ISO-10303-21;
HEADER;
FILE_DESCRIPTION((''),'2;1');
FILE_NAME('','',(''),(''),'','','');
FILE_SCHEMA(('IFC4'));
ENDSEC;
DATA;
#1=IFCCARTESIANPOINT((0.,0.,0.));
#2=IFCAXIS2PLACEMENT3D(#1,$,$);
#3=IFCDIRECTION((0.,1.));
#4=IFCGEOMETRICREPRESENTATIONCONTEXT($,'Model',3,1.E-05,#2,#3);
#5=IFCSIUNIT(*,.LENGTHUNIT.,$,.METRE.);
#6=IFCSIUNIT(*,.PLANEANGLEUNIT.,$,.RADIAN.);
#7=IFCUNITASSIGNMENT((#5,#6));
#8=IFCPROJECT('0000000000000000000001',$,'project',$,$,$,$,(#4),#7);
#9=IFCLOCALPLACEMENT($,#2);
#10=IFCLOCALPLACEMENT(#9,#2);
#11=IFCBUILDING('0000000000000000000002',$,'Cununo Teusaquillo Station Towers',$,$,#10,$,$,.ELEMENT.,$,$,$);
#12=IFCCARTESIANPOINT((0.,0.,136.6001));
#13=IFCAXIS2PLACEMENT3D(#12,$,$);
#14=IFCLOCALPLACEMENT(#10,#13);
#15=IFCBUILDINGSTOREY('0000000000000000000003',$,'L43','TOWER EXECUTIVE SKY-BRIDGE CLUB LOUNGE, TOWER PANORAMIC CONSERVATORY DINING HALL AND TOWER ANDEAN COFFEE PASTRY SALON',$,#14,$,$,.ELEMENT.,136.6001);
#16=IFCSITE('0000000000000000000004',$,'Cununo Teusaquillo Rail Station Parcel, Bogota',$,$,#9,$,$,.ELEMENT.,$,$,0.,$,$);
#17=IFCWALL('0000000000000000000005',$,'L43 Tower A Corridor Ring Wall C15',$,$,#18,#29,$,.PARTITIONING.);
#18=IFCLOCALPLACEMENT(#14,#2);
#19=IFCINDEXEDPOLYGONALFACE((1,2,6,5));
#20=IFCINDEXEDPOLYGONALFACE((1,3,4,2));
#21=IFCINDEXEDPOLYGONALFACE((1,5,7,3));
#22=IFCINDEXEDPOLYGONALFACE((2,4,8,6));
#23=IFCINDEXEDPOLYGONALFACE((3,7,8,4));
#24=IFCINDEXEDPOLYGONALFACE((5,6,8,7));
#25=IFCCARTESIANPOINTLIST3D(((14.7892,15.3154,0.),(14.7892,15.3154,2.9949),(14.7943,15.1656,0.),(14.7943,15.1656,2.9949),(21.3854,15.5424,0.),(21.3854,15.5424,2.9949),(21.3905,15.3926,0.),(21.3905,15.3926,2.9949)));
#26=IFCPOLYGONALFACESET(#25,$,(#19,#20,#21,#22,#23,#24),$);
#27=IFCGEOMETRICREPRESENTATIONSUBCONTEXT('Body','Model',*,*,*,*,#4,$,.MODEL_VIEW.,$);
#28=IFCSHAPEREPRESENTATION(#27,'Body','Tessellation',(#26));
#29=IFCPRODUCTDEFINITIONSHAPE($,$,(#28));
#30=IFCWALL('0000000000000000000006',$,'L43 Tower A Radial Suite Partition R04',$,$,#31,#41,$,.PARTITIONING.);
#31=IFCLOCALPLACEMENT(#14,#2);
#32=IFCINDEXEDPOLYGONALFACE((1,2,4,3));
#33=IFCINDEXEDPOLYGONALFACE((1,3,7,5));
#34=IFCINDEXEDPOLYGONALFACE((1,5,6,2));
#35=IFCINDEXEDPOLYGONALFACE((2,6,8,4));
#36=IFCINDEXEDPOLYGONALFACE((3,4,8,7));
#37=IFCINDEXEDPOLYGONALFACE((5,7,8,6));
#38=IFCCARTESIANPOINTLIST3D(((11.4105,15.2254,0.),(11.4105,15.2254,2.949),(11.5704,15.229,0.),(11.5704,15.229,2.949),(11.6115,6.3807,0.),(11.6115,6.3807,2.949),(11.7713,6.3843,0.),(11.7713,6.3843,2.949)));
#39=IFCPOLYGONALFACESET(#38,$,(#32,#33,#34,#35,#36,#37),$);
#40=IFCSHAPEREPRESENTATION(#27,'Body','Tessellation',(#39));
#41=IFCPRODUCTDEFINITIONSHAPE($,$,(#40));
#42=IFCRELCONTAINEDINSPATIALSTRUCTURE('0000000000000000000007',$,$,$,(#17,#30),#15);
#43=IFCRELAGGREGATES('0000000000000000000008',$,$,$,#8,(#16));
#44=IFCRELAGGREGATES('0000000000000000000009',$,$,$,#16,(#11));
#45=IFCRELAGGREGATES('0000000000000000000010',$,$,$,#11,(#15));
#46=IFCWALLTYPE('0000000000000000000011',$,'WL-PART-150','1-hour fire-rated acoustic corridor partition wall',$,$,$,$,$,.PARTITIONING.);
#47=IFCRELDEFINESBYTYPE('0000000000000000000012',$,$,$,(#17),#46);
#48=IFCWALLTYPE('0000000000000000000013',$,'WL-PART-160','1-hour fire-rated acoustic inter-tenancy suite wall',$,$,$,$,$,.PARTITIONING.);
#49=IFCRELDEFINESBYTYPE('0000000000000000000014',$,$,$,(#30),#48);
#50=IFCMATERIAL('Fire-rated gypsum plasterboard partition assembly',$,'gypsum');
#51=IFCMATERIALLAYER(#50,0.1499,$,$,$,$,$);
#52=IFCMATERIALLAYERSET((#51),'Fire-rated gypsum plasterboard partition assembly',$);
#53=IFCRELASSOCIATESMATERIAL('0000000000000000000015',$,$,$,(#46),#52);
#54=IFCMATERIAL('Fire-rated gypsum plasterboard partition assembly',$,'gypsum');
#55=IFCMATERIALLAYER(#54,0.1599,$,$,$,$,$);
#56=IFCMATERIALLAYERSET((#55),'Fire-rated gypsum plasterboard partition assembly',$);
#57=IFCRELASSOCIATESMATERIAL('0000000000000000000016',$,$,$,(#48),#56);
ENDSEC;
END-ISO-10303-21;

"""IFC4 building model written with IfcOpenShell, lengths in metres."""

from ifc_helpers import new_model, si_unit, direction, frame, frame_2d, origin, place, context, subcontext, project, spatial, rectangle, extrude, material, layer, layer_set, type_object, element, save


model = new_model("IFC4")

# Units and contexts
model_context = context("Model", 3, precision=1e-05, world=origin(), true_north=direction((0.0, 1.0)))
body_context = subcontext(model_context, "Body", "Model", "MODEL_VIEW")
ifc_project = project(units=[si_unit("LENGTHUNIT", "METRE"), si_unit("PLANEANGLEUNIT", "RADIAN")], contexts=[model_context])

# Site, building, storey
site_placement = place(None, origin())
site = spatial("IfcSite", under=ifc_project, at=site_placement, Name="Cununo Teusaquillo Rail Station Parcel, Bogota", CompositionType="ELEMENT", RefElevation=0.0)
building_placement = place(site_placement, origin())
building = spatial("IfcBuilding", under=site, at=building_placement, Name="Cununo Teusaquillo Station Towers", CompositionType="ELEMENT")
storey_placement = place(building_placement, frame((0.0, 0.0, 136.6001)))
storey = spatial("IfcBuildingStorey", under=building, at=storey_placement, Name="L43", Description="TOWER EXECUTIVE SKY-BRIDGE CLUB LOUNGE, TOWER PANORAMIC CONSERVATORY DINING HALL AND TOWER ANDEAN COFFEE PASTRY SALON", CompositionType="ELEMENT", Elevation=136.6001)

# Shared definitions
ifc_material_1 = material(Name="Fire-rated gypsum plasterboard partition assembly", Category="gypsum")
ifc_layer_1 = layer(ifc_material_1, 0.1499)
ifc_layer_set_1 = layer_set([ifc_layer_1], Name="Fire-rated gypsum plasterboard partition assembly")
wall_type_1 = type_object("IfcWallType", Name="WL-PART-150", Description="1-hour fire-rated acoustic corridor partition wall", PredefinedType="PARTITIONING", material=ifc_layer_set_1)

# Walls
wall_1_placement = place(storey_placement, frame((14.7917, 15.2405, 0.0), z_axis=(0.0, 0.0, 1.0), x_axis=(0.999408, 0.034401, 0.0)))
element("IfcWall", 1, at=wall_1_placement, inside=storey, type_object=wall_type_1, Name="L43 Tower A Corridor Ring Wall C15", PredefinedType="PARTITIONING", context=body_context, shape_type="SweptSolid", body=[
    extrude(rectangle(XDim=6.6001, YDim=0.1499, at=frame_2d((3.3, 0.0))), origin(), (0.0, 0.0, 1.0), 2.9949),
])
ifc_material_2 = material(Name="Fire-rated gypsum plasterboard partition assembly", Category="gypsum")
ifc_layer_2 = layer(ifc_material_2, 0.1599)
ifc_layer_set_2 = layer_set([ifc_layer_2], Name="Fire-rated gypsum plasterboard partition assembly")
wall_type_2 = type_object("IfcWallType", Name="WL-PART-160", Description="1-hour fire-rated acoustic inter-tenancy suite wall", PredefinedType="PARTITIONING", material=ifc_layer_set_2)
wall_2_placement = place(storey_placement, frame((11.4905, 15.2271, 0.0), z_axis=(0.0, 0.0, 1.0), x_axis=(0.022711, -0.999742, 0.0)))
element("IfcWall", 2, at=wall_2_placement, inside=storey, type_object=wall_type_2, Name="L43 Tower A Radial Suite Partition R04", PredefinedType="PARTITIONING", context=body_context, shape_type="SweptSolid", body=[
    extrude(rectangle(XDim=8.8469, YDim=0.1599, at=frame_2d((4.4233, 0.0))), origin(), (0.0, 0.0, 1.0), 2.949),
])

save(model, "model.ifc")
